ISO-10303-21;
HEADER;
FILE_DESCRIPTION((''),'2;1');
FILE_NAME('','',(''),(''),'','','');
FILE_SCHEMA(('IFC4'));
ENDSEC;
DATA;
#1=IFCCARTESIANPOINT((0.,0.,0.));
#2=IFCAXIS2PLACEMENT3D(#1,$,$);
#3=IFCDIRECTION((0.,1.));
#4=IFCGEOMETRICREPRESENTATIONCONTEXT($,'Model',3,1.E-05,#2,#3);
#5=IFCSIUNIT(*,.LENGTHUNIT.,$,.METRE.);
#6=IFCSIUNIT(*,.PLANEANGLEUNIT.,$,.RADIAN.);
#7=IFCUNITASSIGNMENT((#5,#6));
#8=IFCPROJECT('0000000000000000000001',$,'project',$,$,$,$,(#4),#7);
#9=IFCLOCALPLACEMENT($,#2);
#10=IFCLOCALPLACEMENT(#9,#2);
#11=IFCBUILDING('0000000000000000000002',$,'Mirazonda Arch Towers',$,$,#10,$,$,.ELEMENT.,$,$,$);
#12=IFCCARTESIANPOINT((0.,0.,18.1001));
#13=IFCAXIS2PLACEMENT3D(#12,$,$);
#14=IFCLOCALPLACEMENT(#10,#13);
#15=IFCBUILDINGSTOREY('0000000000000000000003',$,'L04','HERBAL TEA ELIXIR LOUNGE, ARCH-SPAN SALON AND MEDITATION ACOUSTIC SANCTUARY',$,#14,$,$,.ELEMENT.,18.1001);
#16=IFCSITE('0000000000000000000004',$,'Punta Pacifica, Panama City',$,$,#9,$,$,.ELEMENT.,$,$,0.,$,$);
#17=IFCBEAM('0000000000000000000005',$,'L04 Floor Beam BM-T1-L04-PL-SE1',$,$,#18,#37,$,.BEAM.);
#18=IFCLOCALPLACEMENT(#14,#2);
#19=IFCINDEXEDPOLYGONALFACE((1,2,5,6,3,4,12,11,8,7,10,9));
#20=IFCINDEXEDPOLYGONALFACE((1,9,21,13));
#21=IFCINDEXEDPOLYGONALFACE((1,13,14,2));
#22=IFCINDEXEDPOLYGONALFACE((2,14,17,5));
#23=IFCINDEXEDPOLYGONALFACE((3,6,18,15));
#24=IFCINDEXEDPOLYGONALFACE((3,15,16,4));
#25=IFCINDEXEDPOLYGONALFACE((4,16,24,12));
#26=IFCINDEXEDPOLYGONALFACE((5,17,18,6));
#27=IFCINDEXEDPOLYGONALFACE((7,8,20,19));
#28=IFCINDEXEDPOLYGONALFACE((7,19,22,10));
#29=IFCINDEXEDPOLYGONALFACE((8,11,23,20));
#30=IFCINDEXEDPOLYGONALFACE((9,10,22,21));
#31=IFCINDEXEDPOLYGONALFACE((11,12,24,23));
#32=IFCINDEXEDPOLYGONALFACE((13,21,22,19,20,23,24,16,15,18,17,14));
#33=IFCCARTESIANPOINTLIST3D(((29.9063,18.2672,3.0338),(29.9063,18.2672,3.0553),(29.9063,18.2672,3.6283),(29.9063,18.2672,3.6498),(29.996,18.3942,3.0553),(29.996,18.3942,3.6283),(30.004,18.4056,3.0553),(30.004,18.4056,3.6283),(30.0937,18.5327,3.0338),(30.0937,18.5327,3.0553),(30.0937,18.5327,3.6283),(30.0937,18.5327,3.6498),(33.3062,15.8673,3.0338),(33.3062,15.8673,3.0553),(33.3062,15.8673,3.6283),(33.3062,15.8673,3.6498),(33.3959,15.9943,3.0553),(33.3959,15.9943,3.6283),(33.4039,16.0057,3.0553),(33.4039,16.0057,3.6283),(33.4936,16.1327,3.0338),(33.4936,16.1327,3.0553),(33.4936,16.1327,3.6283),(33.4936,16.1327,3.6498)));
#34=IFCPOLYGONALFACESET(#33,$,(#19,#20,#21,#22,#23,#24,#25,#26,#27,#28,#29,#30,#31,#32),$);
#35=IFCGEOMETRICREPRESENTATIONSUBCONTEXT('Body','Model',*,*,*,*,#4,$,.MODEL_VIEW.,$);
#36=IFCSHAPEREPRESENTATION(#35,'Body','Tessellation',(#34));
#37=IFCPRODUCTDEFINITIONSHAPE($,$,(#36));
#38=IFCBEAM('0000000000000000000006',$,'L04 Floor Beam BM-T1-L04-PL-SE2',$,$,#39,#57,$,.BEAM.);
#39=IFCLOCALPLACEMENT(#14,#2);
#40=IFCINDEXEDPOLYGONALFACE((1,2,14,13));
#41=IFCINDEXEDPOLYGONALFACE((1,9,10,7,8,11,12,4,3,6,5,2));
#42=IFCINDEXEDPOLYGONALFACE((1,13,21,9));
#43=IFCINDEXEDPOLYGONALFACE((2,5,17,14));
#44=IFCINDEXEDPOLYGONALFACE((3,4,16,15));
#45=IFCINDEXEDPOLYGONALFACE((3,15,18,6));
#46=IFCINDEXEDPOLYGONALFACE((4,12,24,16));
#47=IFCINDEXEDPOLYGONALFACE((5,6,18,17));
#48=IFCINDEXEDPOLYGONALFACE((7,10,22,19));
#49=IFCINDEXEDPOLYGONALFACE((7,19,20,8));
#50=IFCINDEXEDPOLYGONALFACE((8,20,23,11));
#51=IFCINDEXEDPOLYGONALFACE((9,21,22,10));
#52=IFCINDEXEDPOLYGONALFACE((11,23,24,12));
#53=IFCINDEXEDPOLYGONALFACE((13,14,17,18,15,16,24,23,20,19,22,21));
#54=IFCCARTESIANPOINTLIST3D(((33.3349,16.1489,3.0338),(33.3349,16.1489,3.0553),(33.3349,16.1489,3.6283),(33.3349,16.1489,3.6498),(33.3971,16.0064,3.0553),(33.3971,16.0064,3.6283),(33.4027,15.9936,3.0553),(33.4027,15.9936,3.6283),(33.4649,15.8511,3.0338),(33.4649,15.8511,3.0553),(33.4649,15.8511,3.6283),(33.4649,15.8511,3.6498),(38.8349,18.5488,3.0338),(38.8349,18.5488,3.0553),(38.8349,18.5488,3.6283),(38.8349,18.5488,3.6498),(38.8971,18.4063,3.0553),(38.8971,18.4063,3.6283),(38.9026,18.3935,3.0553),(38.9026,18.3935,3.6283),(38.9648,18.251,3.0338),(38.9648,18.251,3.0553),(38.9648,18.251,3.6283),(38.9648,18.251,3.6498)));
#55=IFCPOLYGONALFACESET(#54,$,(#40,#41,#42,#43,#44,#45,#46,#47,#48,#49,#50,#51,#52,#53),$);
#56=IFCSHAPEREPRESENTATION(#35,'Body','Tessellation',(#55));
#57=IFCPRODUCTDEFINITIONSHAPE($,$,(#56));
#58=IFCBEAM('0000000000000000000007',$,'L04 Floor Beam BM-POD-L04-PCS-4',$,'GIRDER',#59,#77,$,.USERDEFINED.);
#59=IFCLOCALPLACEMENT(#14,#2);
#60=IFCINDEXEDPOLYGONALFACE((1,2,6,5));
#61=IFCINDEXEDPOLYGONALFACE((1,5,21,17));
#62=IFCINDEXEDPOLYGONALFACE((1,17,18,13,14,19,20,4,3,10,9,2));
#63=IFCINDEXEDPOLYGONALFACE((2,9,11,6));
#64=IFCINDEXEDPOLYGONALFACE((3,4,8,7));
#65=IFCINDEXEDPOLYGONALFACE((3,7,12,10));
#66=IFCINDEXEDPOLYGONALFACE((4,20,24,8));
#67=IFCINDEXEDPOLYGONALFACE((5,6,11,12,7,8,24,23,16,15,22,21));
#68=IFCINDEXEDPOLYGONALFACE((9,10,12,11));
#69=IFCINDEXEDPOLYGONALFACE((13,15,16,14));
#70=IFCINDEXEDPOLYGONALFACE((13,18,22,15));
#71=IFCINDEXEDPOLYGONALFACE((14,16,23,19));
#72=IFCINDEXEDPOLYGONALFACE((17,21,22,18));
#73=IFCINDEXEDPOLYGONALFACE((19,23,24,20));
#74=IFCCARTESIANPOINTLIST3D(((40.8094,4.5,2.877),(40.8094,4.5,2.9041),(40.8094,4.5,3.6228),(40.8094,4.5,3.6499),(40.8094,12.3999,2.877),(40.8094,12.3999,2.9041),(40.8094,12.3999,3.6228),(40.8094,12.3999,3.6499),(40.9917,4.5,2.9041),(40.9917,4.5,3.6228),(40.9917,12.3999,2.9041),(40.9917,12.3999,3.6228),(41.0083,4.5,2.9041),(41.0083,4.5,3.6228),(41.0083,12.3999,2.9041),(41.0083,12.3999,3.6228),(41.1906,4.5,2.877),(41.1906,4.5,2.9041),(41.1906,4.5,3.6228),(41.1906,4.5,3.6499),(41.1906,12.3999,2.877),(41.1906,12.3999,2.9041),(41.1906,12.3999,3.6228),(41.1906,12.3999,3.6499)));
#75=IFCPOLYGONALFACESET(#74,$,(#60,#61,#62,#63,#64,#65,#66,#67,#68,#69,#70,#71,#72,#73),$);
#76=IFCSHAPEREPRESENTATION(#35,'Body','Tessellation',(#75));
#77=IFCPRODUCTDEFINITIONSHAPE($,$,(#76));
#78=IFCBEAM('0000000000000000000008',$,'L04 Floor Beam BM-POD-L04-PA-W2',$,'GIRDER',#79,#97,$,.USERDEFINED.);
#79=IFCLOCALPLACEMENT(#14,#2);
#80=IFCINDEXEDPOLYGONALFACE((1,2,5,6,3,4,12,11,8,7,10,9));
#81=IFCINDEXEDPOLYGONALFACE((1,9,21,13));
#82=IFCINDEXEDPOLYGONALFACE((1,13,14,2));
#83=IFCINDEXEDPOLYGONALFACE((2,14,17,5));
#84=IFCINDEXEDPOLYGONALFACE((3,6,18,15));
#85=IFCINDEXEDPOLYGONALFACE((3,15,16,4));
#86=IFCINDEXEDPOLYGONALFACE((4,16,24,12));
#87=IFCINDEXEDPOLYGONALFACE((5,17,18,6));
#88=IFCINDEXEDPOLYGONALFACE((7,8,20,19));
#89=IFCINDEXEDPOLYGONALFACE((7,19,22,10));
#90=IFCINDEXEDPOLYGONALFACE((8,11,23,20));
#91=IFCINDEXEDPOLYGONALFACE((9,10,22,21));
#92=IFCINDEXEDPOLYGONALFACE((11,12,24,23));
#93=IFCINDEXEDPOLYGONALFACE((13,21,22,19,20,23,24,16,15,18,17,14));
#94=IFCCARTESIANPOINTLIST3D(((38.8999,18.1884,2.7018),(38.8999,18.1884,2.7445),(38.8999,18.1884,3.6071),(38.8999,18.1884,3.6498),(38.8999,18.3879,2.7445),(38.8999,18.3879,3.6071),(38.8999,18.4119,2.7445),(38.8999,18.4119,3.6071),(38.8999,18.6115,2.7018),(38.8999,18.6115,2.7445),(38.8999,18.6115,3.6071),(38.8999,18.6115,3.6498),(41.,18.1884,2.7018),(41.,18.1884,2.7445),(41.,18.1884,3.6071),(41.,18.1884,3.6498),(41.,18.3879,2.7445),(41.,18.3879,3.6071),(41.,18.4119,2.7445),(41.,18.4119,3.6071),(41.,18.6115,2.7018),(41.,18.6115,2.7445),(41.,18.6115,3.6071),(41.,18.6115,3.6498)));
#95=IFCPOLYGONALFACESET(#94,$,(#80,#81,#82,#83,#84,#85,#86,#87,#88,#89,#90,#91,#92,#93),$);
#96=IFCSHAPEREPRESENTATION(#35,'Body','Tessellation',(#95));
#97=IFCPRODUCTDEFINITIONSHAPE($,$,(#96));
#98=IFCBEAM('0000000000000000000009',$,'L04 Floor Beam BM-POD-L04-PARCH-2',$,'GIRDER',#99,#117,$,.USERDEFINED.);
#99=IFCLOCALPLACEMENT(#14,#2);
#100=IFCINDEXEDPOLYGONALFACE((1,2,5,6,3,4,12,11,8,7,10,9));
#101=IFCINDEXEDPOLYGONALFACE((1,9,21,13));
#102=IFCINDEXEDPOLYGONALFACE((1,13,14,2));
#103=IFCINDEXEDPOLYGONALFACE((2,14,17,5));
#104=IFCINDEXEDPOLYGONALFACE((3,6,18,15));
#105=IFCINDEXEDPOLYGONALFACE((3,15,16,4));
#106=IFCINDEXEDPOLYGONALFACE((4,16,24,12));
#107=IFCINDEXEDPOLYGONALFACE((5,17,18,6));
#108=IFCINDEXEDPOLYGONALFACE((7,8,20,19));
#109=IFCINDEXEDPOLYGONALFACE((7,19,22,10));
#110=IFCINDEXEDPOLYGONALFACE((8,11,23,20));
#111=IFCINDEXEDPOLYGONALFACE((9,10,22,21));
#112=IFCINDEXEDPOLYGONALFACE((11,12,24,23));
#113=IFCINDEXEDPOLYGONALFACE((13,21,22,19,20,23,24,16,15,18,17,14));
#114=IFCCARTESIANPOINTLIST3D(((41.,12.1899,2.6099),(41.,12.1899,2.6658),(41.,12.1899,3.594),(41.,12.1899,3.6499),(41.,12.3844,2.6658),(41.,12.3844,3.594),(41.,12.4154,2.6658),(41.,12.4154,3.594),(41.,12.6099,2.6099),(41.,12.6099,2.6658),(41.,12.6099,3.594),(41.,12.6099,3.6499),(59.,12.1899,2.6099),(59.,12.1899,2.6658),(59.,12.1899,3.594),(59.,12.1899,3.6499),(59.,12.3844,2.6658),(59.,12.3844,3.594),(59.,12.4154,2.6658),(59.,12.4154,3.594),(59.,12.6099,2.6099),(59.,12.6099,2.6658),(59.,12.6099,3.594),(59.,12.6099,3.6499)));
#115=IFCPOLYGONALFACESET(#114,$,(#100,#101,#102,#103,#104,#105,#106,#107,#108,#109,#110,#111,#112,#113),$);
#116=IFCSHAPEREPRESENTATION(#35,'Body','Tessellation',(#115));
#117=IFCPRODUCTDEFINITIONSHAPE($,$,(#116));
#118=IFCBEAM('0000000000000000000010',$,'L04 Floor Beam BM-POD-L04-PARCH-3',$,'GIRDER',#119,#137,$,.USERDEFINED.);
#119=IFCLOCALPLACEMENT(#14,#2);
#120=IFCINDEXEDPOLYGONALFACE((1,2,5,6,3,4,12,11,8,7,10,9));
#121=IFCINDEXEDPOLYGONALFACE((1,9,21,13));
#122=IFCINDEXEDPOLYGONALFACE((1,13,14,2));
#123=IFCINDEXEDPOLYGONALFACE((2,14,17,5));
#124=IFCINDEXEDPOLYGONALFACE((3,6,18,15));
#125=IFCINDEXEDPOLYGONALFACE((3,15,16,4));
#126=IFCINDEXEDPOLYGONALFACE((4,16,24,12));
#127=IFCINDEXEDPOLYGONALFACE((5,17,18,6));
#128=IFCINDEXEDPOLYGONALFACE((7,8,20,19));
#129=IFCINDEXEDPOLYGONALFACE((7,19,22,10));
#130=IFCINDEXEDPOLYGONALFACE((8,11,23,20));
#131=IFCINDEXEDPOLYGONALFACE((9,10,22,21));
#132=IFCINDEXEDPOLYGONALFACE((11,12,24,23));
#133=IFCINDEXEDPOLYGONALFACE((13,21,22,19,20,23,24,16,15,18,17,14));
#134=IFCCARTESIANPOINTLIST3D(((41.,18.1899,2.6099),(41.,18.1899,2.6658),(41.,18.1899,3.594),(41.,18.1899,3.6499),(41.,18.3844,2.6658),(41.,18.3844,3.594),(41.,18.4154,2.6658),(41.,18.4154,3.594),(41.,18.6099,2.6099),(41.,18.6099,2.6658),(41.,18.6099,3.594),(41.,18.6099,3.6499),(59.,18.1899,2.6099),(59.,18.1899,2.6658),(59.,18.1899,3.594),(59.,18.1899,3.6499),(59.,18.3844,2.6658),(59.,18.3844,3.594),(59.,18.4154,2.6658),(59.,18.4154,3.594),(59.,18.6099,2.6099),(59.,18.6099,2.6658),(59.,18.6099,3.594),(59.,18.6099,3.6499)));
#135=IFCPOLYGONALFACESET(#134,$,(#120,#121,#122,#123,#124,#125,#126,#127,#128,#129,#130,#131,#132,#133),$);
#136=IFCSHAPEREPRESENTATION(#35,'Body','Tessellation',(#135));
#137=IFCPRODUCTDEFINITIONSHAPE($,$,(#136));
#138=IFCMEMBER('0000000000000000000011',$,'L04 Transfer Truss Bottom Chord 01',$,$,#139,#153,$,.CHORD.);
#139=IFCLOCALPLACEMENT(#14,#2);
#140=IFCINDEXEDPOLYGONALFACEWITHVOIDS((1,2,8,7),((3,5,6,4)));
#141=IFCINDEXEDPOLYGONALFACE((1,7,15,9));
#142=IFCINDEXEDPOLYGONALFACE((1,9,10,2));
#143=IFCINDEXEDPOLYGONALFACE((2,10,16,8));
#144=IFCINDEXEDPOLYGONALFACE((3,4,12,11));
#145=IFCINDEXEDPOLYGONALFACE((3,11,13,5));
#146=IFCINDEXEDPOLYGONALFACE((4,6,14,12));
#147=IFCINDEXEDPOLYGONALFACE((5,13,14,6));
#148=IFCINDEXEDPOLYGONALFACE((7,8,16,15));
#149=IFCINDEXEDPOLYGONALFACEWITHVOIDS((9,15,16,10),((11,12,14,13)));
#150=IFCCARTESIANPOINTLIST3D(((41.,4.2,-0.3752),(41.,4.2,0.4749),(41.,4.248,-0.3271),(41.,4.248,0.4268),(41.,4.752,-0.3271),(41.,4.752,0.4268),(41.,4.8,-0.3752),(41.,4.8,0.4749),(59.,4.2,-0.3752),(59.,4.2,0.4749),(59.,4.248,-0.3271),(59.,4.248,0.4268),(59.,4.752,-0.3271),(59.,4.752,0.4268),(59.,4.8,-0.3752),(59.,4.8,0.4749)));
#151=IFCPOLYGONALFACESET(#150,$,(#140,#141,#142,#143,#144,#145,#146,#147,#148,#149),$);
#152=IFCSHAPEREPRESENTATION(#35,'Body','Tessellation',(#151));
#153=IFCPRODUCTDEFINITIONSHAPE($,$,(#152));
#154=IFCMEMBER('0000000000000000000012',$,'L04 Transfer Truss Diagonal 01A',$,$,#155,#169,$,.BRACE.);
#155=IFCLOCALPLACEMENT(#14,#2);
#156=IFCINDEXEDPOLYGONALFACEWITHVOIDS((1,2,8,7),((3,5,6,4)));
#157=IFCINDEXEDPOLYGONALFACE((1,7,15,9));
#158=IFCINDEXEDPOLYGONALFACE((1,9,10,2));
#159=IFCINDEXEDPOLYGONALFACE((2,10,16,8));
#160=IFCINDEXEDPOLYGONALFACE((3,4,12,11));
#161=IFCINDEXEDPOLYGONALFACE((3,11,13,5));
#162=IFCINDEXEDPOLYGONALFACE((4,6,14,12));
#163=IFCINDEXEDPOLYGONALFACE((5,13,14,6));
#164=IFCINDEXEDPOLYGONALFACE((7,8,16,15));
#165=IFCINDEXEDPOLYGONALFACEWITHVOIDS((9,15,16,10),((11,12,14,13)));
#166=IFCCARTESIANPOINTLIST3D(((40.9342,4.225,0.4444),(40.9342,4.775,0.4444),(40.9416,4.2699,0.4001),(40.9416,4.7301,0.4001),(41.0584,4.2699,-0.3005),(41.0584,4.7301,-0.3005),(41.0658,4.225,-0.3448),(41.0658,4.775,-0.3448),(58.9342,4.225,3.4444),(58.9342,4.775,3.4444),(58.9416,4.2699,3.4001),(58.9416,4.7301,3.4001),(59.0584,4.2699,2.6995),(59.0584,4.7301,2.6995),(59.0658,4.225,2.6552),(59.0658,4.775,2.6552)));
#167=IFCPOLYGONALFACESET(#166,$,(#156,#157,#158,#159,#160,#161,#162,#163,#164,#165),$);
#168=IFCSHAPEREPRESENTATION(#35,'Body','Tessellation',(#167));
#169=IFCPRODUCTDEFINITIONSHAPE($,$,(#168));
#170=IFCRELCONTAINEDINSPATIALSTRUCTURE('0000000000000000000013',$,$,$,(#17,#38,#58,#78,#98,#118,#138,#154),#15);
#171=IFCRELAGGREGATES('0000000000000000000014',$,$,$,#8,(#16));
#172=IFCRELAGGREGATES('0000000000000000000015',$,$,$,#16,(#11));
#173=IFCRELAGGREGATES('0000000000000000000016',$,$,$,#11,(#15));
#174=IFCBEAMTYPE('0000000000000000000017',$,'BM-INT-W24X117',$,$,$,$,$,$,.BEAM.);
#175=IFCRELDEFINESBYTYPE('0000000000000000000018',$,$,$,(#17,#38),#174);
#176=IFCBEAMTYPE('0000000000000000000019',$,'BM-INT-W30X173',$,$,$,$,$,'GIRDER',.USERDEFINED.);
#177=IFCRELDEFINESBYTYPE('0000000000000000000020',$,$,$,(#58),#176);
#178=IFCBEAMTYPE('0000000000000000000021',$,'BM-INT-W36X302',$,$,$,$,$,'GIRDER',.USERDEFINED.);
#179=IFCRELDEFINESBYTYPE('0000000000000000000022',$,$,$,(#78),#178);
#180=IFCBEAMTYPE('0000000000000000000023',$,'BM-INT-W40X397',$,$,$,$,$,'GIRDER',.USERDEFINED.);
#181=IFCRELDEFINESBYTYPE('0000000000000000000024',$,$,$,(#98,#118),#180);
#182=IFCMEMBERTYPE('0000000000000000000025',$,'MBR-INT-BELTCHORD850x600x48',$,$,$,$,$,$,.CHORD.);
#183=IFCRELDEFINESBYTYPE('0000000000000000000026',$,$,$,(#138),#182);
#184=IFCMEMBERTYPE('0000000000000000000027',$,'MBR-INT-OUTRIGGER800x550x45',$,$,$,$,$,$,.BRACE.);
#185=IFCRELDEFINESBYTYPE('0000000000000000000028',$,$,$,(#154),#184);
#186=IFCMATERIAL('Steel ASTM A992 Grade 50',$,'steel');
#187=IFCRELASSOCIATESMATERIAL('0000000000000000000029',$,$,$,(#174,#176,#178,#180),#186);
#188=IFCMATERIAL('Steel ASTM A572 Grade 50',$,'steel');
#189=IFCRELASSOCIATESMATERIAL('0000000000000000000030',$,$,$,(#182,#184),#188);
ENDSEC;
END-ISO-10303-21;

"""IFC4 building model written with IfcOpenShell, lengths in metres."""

from ifc_helpers import new_model, si_unit, direction, frame, origin, origin_2d, place, context, subcontext, project, spatial, hollow_rectangle, i_section, extrude, material, material_profile, profile_set, type_object, element, save


model = new_model("IFC4")

# Units and contexts
model_context = context("Model", 3, precision=1e-05, world=origin(), true_north=direction((0.0, 1.0)))
body_context = subcontext(model_context, "Body", "Model", "MODEL_VIEW")
ifc_project = project(units=[si_unit("LENGTHUNIT", "METRE"), si_unit("PLANEANGLEUNIT", "RADIAN")], contexts=[model_context])

# Site, building, storey
site_placement = place(None, origin())
site = spatial("IfcSite", under=ifc_project, at=site_placement, Name="Punta Pacifica, Panama City", CompositionType="ELEMENT", RefElevation=0.0)
building_placement = place(site_placement, origin())
building = spatial("IfcBuilding", under=site, at=building_placement, Name="Mirazonda Arch Towers", CompositionType="ELEMENT")
storey_placement = place(building_placement, frame((0.0, 0.0, 18.1001)))
storey = spatial("IfcBuildingStorey", under=building, at=storey_placement, Name="L04", Description="HERBAL TEA ELIXIR LOUNGE, ARCH-SPAN SALON AND MEDITATION ACOUSTIC SANCTUARY", CompositionType="ELEMENT", Elevation=18.1001)

# Shared definitions
ifc_material_1 = material(Name="Steel ASTM A572 Grade 50", Category="steel")

# Beams
ifc_material_2 = material(Name="Steel ASTM A992 Grade 50", Category="steel")
ifc_material_profile_1 = material_profile(ifc_material_2, i_section(OverallWidth=0.325, OverallDepth=0.616, WebThickness=0.0139, FlangeThickness=0.0215, at=origin_2d()), Name="W24X117")
ifc_profile_set_1 = profile_set([ifc_material_profile_1], Name="Steel ASTM A992 Grade 50")
beam_type_1 = type_object("IfcBeamType", Name="BM-INT-W24X117", PredefinedType="BEAM", material=ifc_profile_set_1)
beam_1_placement = place(storey_placement, frame((33.3999, 16.0, 3.3418), z_axis=(-0.816971, 0.576679, 0.0), x_axis=(-0.576679, -0.816971, 0.0)))
element("IfcBeam", 1, at=beam_1_placement, inside=storey, type_object=beam_type_1, Name="L04 Floor Beam BM-T1-L04-PL-SE1", PredefinedType="BEAM", context=body_context, shape_type="SweptSolid", body=[
    extrude(i_section(OverallWidth=0.325, OverallDepth=0.616, WebThickness=0.0139, FlangeThickness=0.0215, at=origin_2d()), origin(), (0.0, 0.0, 1.0), 4.1616),
])
beam_2_placement = place(storey_placement, frame((33.3999, 16.0, 3.3418), z_axis=(0.916545, 0.399931, 0.0), x_axis=(-0.399931, 0.916545, 0.0)))
element("IfcBeam", 2, at=beam_2_placement, inside=storey, type_object=beam_type_1, Name="L04 Floor Beam BM-T1-L04-PL-SE2", PredefinedType="BEAM", context=body_context, shape_type="SweptSolid", body=[
    extrude(i_section(OverallWidth=0.325, OverallDepth=0.616, WebThickness=0.0139, FlangeThickness=0.0215, at=origin_2d()), origin(), (0.0, 0.0, 1.0), 6.0007),
])
ifc_material_profile_2 = material_profile(ifc_material_2, i_section(OverallWidth=0.3811, OverallDepth=0.7729, WebThickness=0.0166, FlangeThickness=0.0271, at=origin_2d()), Name="W30X173")
ifc_profile_set_2 = profile_set([ifc_material_profile_2], Name="Steel ASTM A992 Grade 50")
beam_type_2 = type_object("IfcBeamType", Name="BM-INT-W30X173", ElementType="GIRDER", PredefinedType="USERDEFINED", material=ifc_profile_set_2)
beam_3_placement = place(storey_placement, frame((41.0, 4.5, 3.2634), z_axis=(0.0, 1.0, 0.0), x_axis=(-1.0, 0.0, 0.0)))
element("IfcBeam", 3, at=beam_3_placement, inside=storey, type_object=beam_type_2, Name="L04 Floor Beam BM-POD-L04-PCS-4", ObjectType="GIRDER", PredefinedType="USERDEFINED", context=body_context, shape_type="SweptSolid", body=[
    extrude(i_section(OverallWidth=0.3811, OverallDepth=0.7729, WebThickness=0.0166, FlangeThickness=0.0271, at=origin_2d()), origin(), (0.0, 0.0, 1.0), 7.8999),
])
ifc_material_profile_3 = material_profile(ifc_material_2, i_section(OverallWidth=0.4231, OverallDepth=0.948, WebThickness=0.0239, FlangeThickness=0.0427, at=origin_2d()), Name="W36X302")
ifc_profile_set_3 = profile_set([ifc_material_profile_3], Name="Steel ASTM A992 Grade 50")
beam_type_3 = type_object("IfcBeamType", Name="BM-INT-W36X302", ElementType="GIRDER", PredefinedType="USERDEFINED", material=ifc_profile_set_3)
beam_4_placement = place(storey_placement, frame((38.8999, 18.3999, 3.1758), z_axis=(1.0, 0.0, 0.0), x_axis=(0.0, 1.0, 0.0)))
element("IfcBeam", 4, at=beam_4_placement, inside=storey, type_object=beam_type_3, Name="L04 Floor Beam BM-POD-L04-PA-W2", ObjectType="GIRDER", PredefinedType="USERDEFINED", context=body_context, shape_type="SweptSolid", body=[
    extrude(i_section(OverallWidth=0.4231, OverallDepth=0.948, WebThickness=0.0239, FlangeThickness=0.0427, at=origin_2d()), origin(), (0.0, 0.0, 1.0), 2.1001),
])
ifc_material_profile_4 = material_profile(ifc_material_2, i_section(OverallWidth=0.4199, OverallDepth=1.04, WebThickness=0.031, FlangeThickness=0.0559, at=origin_2d()), Name="W40X397")
ifc_profile_set_4 = profile_set([ifc_material_profile_4], Name="Steel ASTM A992 Grade 50")
beam_type_4 = type_object("IfcBeamType", Name="BM-INT-W40X397", ElementType="GIRDER", PredefinedType="USERDEFINED", material=ifc_profile_set_4)
for number, where, z_axis, x_axis, name in (
    (5, (41.0, 12.3999, 3.1299), (1.0, 0.0, 0.0), (0.0, 1.0, 0.0), "L04 Floor Beam BM-POD-L04-PARCH-2"),
    (6, (41.0, 18.3999, 3.1299), (1.0, 0.0, 0.0), (0.0, 1.0, 0.0), "L04 Floor Beam BM-POD-L04-PARCH-3"),
):
    element("IfcBeam", number, at=place(storey_placement, frame(where, z_axis=z_axis, x_axis=x_axis)), inside=storey, type_object=beam_type_4, Name=name, ObjectType="GIRDER", PredefinedType="USERDEFINED", context=body_context, shape_type="SweptSolid", body=[
        extrude(i_section(OverallWidth=0.4199, OverallDepth=1.04, WebThickness=0.031, FlangeThickness=0.0559, at=origin_2d()), origin(), (0.0, 0.0, 1.0), 18.0),
    ])

# Members
ifc_material_profile_5 = material_profile(ifc_material_1, hollow_rectangle(XDim=0.6001, YDim=0.8501, WallThickness=0.0481, at=origin_2d()), Name="BELTCHORD850x600x48")
ifc_profile_set_5 = profile_set([ifc_material_profile_5], Name="Steel ASTM A572 Grade 50")
member_type_1 = type_object("IfcMemberType", Name="MBR-INT-BELTCHORD850x600x48", PredefinedType="CHORD", material=ifc_profile_set_5)
member_1_placement = place(storey_placement, frame((41.0, 4.5, 0.0498), z_axis=(1.0, 0.0, 0.0), x_axis=(0.0, 1.0, 0.0)))
element("IfcMember", 7, at=member_1_placement, inside=storey, type_object=member_type_1, Name="L04 Transfer Truss Bottom Chord 01", PredefinedType="CHORD", context=body_context, shape_type="SweptSolid", body=[
    extrude(hollow_rectangle(XDim=0.6001, YDim=0.8501, WallThickness=0.0481, at=origin_2d()), origin(), (0.0, 0.0, 1.0), 18.0),
])
ifc_material_profile_6 = material_profile(ifc_material_1, hollow_rectangle(XDim=0.55, YDim=0.8, WallThickness=0.0449, at=origin_2d()), Name="OUTRIGGER800x550x45")
ifc_profile_set_6 = profile_set([ifc_material_profile_6], Name="Steel ASTM A572 Grade 50")
member_type_2 = type_object("IfcMemberType", Name="MBR-INT-OUTRIGGER800x550x45", PredefinedType="BRACE", material=ifc_profile_set_6)
member_2_placement = place(storey_placement, frame((41.0, 4.5, 0.0498), z_axis=(0.986394, 0.0, 0.164399), x_axis=(0.0, 1.0, 0.0)))
element("IfcMember", 8, at=member_2_placement, inside=storey, type_object=member_type_2, Name="L04 Transfer Truss Diagonal 01A", PredefinedType="BRACE", context=body_context, shape_type="SweptSolid", body=[
    extrude(hollow_rectangle(XDim=0.55, YDim=0.8, WallThickness=0.0449, at=origin_2d()), origin(), (0.0, 0.0, 1.0), 18.2483),
])

save(model, "model.ifc")
